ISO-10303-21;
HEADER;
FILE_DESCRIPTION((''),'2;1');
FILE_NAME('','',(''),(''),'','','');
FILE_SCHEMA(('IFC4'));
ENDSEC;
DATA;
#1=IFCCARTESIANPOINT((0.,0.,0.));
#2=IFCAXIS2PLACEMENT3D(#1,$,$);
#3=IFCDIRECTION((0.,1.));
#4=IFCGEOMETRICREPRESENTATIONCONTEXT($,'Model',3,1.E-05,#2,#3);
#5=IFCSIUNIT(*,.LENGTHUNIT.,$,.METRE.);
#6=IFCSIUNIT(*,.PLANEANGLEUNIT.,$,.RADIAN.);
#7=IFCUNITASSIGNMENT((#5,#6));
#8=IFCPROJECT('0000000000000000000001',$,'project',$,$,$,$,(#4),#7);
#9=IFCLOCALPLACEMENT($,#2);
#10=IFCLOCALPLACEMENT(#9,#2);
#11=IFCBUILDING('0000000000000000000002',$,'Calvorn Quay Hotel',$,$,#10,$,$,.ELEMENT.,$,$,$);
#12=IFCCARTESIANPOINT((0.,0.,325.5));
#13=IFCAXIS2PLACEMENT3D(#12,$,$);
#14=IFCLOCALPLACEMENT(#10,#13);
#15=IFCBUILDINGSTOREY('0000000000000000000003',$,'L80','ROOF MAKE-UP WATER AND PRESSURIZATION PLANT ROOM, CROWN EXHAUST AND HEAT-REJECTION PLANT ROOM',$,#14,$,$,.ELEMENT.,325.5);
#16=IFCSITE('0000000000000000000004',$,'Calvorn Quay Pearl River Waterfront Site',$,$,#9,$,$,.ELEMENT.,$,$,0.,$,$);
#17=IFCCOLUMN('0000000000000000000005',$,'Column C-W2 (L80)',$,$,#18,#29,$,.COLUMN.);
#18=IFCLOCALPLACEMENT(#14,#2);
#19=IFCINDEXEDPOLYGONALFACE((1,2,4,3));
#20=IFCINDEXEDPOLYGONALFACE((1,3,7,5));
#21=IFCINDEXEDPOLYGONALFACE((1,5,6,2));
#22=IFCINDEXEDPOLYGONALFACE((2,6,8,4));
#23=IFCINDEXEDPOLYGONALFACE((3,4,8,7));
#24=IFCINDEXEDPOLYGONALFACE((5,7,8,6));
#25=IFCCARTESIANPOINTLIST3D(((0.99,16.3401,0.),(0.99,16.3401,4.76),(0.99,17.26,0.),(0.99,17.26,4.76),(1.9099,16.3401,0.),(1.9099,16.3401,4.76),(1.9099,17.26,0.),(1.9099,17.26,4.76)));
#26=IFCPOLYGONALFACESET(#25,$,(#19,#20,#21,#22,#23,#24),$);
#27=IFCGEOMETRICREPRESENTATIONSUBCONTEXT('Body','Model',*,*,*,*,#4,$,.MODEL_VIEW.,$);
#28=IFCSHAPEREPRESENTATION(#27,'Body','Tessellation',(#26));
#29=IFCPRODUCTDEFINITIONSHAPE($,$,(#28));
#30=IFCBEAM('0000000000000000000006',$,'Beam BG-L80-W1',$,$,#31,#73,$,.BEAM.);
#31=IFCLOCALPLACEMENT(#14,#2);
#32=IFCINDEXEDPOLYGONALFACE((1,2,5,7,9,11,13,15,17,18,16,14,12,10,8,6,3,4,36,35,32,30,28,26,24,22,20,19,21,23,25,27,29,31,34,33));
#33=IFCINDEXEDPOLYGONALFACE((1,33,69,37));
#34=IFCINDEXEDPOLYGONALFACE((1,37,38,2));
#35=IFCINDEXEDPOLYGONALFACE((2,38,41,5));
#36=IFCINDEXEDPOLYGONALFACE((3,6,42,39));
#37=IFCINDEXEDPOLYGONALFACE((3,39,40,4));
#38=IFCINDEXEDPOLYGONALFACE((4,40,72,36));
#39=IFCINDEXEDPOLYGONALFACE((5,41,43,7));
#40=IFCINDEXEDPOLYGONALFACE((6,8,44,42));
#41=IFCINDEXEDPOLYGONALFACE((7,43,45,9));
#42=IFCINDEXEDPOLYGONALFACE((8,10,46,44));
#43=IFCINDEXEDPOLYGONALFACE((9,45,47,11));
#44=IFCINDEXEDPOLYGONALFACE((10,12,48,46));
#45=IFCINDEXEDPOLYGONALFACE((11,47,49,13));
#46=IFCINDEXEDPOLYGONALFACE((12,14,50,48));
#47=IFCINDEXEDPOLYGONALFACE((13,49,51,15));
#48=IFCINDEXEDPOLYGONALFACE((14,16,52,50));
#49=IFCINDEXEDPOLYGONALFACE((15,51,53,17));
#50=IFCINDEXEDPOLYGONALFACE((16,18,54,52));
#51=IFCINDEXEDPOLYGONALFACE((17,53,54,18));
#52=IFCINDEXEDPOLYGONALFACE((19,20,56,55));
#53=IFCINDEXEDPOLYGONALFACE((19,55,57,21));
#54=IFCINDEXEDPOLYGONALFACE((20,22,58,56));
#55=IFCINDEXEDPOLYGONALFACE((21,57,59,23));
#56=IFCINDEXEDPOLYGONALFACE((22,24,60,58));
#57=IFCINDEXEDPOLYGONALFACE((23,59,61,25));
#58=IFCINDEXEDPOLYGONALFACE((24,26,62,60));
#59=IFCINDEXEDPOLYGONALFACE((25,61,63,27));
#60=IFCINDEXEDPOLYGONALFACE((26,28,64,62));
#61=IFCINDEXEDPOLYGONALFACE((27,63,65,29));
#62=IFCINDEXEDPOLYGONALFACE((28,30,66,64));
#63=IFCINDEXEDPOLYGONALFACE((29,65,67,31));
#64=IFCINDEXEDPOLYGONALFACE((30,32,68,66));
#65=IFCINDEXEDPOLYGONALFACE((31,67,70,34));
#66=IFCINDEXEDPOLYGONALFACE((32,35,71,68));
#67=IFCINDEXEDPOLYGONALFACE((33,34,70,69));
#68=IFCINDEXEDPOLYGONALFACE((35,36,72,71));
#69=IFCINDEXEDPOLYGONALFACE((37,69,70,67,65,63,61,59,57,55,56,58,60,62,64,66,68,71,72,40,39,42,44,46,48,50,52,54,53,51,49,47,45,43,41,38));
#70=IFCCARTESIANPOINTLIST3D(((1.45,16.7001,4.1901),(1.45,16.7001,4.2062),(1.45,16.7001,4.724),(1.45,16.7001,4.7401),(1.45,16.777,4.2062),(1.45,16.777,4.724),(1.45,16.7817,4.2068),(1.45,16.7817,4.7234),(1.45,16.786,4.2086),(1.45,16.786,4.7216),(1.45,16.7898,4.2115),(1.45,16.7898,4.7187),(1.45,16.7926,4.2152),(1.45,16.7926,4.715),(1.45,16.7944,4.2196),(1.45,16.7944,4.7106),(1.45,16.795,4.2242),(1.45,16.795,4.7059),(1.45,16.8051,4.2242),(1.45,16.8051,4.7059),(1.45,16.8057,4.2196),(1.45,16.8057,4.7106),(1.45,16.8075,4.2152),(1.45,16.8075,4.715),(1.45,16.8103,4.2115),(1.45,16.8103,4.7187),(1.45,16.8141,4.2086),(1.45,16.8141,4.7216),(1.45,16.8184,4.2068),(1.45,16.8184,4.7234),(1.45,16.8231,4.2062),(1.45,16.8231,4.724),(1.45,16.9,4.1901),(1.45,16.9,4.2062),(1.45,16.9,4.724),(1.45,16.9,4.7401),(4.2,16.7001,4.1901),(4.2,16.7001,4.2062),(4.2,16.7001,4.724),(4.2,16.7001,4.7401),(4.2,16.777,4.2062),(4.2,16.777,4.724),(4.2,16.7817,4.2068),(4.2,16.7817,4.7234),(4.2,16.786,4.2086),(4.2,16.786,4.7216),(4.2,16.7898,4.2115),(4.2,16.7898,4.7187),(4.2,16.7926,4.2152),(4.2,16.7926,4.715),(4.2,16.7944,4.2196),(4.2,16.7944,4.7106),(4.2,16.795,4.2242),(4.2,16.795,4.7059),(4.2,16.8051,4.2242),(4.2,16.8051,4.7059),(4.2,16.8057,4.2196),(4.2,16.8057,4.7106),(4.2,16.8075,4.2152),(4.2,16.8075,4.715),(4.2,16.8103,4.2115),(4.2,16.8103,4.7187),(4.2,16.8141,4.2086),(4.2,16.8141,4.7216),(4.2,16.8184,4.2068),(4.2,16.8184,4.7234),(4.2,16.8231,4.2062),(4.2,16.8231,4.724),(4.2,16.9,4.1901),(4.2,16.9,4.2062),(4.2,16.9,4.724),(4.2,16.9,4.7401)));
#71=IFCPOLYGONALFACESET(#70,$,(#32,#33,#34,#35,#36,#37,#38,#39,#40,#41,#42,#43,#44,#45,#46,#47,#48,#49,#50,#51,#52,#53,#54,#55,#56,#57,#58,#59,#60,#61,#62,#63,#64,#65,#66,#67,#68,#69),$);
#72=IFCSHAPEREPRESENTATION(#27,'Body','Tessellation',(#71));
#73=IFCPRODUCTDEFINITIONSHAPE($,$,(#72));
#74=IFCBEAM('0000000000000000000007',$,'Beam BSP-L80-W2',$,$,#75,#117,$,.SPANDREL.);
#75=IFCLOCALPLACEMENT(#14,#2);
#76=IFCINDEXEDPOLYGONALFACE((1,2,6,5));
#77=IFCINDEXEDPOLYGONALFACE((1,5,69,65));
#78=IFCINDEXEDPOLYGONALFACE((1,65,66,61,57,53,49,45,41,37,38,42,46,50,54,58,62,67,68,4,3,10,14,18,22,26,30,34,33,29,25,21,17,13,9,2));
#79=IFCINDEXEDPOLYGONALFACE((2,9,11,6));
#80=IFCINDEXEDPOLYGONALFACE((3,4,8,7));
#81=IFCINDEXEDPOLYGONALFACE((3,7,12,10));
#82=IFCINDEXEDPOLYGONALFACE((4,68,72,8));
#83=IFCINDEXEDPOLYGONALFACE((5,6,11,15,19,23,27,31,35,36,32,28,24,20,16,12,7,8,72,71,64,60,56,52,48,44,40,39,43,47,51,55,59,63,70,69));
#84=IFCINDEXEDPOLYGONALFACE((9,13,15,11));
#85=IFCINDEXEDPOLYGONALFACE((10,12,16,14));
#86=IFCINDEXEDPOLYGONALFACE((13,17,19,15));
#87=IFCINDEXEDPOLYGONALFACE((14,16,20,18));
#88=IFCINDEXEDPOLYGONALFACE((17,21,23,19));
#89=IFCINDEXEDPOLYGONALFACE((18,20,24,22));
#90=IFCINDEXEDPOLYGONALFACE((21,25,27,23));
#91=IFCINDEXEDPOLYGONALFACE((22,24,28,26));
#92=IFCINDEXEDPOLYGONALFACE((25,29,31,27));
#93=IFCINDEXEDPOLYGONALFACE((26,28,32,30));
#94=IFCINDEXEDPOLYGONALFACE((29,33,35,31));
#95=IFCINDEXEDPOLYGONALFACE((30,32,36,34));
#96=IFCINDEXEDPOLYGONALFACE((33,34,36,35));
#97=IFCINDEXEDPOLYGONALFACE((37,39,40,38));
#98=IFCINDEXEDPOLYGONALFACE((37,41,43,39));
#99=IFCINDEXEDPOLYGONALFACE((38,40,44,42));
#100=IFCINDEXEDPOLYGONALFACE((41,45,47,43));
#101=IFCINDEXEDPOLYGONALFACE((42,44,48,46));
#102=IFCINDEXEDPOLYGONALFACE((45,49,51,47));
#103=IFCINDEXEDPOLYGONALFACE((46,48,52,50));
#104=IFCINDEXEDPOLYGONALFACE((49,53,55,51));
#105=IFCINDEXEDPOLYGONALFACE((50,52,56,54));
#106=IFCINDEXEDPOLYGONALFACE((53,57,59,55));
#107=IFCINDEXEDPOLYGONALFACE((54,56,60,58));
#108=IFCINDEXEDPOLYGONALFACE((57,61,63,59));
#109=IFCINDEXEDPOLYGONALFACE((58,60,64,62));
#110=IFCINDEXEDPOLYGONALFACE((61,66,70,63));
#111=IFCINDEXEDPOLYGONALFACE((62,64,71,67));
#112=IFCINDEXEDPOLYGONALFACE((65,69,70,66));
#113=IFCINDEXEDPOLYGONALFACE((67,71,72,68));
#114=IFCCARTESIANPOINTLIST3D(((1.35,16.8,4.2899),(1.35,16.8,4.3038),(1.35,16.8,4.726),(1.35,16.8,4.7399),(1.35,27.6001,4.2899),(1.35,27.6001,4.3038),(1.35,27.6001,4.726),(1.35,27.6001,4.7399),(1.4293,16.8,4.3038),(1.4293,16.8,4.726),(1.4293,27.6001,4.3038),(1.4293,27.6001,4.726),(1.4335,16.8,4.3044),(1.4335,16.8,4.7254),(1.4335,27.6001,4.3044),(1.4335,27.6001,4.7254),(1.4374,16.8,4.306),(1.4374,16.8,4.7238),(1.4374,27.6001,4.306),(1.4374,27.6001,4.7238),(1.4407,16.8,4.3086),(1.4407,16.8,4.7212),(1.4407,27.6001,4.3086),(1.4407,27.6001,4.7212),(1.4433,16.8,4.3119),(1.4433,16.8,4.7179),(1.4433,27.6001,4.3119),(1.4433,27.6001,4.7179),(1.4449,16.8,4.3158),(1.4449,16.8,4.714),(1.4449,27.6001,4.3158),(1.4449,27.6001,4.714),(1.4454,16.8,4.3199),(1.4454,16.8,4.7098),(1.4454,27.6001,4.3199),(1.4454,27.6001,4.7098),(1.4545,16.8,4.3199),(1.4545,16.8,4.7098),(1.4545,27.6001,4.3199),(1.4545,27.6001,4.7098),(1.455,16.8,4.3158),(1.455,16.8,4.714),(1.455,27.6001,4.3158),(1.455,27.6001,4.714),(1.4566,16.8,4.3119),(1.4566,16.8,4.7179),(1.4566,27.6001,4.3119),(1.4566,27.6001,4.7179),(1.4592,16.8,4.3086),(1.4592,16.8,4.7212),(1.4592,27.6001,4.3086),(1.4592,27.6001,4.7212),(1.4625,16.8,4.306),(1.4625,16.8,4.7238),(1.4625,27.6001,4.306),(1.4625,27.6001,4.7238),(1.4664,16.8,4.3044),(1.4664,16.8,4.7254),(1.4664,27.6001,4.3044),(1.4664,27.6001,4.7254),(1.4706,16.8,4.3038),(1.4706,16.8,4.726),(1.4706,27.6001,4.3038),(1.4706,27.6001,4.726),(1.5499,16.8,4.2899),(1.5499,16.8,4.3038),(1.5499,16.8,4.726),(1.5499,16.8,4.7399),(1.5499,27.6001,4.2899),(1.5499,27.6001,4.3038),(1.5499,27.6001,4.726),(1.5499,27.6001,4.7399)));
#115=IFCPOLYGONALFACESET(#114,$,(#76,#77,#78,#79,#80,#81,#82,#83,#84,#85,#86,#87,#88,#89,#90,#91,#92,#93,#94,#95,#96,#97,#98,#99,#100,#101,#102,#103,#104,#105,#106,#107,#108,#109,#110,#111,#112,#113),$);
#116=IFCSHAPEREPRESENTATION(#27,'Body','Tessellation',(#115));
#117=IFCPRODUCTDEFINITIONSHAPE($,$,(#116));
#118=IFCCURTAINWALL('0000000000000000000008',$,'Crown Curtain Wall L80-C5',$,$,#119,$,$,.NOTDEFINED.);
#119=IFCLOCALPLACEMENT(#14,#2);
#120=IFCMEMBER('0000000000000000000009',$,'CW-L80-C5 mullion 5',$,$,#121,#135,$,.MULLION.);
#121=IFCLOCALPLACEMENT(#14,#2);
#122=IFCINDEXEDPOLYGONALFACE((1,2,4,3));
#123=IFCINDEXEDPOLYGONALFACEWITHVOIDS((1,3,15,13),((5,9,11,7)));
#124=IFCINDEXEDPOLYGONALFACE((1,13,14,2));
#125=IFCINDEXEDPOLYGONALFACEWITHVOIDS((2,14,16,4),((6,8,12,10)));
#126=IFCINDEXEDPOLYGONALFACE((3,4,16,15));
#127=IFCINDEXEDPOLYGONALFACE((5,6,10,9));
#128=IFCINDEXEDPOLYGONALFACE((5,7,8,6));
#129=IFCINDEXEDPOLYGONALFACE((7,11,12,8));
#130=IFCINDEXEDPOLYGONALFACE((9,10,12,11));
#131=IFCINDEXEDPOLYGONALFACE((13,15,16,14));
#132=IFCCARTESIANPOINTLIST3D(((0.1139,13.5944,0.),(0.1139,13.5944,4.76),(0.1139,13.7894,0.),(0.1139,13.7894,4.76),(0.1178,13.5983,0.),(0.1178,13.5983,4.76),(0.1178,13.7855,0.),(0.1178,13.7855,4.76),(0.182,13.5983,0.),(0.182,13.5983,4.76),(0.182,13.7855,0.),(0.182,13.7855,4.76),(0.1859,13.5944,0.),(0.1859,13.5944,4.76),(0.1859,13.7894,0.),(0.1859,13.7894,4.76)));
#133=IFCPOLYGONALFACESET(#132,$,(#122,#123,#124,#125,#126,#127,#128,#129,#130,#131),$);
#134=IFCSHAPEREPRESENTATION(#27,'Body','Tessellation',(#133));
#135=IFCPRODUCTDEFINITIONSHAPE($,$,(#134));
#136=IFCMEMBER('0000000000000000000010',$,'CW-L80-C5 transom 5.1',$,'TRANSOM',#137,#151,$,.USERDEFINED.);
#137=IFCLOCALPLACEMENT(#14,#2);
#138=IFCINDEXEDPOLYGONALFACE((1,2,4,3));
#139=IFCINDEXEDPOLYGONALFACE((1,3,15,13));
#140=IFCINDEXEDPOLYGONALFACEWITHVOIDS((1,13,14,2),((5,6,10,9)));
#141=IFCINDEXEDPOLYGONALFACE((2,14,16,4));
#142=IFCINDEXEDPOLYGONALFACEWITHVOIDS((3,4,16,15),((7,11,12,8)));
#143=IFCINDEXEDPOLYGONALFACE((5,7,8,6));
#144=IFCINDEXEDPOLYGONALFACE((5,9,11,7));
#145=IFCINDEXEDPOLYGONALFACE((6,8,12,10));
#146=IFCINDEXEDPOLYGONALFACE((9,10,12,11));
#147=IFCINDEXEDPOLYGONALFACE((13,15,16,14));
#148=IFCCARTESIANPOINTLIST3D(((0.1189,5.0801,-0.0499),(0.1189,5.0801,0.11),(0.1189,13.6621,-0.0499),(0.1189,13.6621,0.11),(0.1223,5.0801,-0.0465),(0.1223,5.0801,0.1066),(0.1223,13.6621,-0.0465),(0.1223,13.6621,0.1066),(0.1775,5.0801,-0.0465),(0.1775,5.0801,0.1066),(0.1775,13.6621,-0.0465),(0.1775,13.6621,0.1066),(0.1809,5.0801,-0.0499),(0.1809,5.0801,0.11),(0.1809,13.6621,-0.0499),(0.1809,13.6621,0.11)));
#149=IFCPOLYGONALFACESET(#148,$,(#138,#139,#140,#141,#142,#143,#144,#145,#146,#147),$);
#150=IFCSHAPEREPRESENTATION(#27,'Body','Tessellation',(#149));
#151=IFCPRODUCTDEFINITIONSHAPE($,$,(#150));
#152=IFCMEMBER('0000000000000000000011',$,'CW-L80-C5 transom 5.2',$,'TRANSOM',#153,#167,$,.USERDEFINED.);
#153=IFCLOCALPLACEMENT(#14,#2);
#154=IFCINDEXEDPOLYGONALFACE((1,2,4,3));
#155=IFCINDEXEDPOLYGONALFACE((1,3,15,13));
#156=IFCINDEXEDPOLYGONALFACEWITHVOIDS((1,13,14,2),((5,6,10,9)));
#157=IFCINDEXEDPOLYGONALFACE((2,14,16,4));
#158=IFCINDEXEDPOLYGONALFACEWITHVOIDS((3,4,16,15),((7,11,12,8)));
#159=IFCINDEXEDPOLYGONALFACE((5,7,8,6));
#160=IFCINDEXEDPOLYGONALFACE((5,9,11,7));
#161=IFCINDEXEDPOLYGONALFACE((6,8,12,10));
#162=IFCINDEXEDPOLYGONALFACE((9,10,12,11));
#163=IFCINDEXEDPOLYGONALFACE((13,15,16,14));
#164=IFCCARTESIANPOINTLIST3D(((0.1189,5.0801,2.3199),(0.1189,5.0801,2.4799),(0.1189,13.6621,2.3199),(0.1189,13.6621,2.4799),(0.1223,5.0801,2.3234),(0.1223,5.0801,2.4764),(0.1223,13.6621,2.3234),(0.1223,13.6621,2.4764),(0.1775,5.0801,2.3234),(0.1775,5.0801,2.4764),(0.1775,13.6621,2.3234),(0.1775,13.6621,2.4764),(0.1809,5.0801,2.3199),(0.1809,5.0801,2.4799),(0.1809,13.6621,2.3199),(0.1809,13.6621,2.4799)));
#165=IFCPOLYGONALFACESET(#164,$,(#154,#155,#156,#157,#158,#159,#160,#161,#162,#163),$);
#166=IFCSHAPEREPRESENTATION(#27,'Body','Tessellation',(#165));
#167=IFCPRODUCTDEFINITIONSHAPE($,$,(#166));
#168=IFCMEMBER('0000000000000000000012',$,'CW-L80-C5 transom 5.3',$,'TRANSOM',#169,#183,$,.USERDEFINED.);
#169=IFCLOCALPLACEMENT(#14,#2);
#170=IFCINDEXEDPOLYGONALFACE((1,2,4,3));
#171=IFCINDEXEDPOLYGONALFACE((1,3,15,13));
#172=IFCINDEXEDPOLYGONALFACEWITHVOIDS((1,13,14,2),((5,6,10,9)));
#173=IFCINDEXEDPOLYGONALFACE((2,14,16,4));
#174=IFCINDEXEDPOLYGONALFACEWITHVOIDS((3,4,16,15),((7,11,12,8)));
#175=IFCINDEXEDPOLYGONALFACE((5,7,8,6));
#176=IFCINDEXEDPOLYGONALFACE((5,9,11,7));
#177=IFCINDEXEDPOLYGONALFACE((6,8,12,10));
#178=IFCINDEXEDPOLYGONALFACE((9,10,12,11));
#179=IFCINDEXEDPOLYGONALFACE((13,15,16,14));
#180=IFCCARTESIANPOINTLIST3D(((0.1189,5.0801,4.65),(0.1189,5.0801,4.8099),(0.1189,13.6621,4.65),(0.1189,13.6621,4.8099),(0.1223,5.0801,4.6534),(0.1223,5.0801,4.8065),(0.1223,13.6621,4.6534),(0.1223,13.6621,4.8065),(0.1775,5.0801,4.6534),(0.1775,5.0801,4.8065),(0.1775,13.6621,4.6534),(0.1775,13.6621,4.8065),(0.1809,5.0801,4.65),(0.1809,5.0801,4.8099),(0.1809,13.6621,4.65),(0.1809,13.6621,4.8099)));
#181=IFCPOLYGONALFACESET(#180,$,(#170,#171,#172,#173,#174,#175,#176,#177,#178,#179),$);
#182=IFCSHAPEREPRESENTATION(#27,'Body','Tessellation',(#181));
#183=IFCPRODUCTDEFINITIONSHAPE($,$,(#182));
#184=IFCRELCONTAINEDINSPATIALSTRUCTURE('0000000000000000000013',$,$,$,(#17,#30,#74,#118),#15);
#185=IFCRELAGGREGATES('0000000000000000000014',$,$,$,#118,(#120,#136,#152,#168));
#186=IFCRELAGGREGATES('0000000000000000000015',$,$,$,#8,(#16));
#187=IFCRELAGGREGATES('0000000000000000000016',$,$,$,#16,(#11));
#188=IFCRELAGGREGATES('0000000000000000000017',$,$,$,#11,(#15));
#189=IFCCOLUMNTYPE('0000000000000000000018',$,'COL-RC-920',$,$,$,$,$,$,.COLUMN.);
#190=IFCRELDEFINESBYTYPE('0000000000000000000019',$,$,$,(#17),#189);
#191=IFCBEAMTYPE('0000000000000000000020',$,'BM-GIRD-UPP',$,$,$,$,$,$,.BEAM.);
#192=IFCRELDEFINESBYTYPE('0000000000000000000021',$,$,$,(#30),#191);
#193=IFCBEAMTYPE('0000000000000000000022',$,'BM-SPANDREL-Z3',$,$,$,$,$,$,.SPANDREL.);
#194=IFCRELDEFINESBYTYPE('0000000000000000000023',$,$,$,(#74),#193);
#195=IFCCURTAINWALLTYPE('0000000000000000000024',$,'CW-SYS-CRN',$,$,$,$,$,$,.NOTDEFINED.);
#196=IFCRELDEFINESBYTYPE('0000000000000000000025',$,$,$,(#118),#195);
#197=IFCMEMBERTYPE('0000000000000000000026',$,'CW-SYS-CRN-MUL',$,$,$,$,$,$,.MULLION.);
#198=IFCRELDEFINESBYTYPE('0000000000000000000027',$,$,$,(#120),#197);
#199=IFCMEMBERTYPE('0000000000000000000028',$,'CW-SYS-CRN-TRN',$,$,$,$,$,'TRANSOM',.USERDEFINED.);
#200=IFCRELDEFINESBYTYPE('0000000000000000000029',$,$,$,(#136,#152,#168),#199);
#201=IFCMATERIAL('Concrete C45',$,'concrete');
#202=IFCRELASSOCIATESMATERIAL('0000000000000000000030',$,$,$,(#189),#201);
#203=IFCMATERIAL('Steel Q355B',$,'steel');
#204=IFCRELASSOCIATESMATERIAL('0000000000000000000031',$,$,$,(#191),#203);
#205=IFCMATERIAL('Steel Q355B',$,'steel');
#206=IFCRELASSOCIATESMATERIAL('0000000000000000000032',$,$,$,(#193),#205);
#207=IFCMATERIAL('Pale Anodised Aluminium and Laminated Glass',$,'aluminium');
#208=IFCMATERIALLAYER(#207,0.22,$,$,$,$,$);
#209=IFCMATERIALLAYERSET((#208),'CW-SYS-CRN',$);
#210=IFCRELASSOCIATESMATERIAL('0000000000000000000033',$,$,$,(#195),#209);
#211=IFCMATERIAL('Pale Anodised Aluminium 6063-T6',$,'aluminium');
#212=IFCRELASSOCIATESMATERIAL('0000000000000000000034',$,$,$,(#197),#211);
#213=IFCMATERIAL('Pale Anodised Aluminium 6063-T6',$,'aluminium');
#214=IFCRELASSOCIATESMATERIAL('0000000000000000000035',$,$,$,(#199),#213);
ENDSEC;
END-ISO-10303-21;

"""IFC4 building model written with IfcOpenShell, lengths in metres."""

from ifc_helpers import new_model, si_unit, direction, frame, origin, origin_2d, place, context, subcontext, project, spatial, rectangle, hollow_rectangle, i_section, extrude, material, layer, layer_set, material_profile, profile_set, type_object, element, aggregate, save


model = new_model("IFC4")

# Units and contexts
model_context = context("Model", 3, precision=1e-05, world=origin(), true_north=direction((0.0, 1.0)))
body_context = subcontext(model_context, "Body", "Model", "MODEL_VIEW")
ifc_project = project(units=[si_unit("LENGTHUNIT", "METRE"), si_unit("PLANEANGLEUNIT", "RADIAN")], contexts=[model_context])

# Site, building, storey
site_placement = place(None, origin())
site = spatial("IfcSite", under=ifc_project, at=site_placement, Name="Calvorn Quay Pearl River Waterfront Site", CompositionType="ELEMENT", RefElevation=0.0)
building_placement = place(site_placement, origin())
building = spatial("IfcBuilding", under=site, at=building_placement, Name="Calvorn Quay Hotel", CompositionType="ELEMENT")
storey_placement = place(building_placement, frame((0.0, 0.0, 325.5)))
storey = spatial("IfcBuildingStorey", under=building, at=storey_placement, Name="L80", Description="ROOF MAKE-UP WATER AND PRESSURIZATION PLANT ROOM, CROWN EXHAUST AND HEAT-REJECTION PLANT ROOM", CompositionType="ELEMENT", Elevation=325.5)

# Column
ifc_material_1 = material(Name="Concrete C45", Category="concrete")
ifc_material_profile_1 = material_profile(ifc_material_1, rectangle(XDim=0.9199, YDim=0.9199, at=origin_2d()), Name="RC920x920")
ifc_profile_set_1 = profile_set([ifc_material_profile_1], Name="Concrete C45")
column_type = type_object("IfcColumnType", Name="COL-RC-920", PredefinedType="COLUMN", material=ifc_profile_set_1)
column_placement = place(storey_placement, frame((1.45, 16.8, 0.0), z_axis=(0.0, 0.0, 1.0), x_axis=(1.0, 0.0, 0.0)))
element("IfcColumn", 1, at=column_placement, inside=storey, type_object=column_type, Name="Column C-W2 (L80)", PredefinedType="COLUMN", context=body_context, shape_type="SweptSolid", body=[
    extrude(rectangle(XDim=0.9199, YDim=0.9199, at=origin_2d()), origin(), (0.0, 0.0, 1.0), 4.76),
])

# Beams
ifc_material_2 = material(Name="Steel Q355B", Category="steel")
ifc_material_profile_2 = material_profile(ifc_material_2, i_section(OverallWidth=0.2, OverallDepth=0.55, WebThickness=0.01, FlangeThickness=0.0161, FilletRadius=0.0181, at=origin_2d()), Name="HN550x200x10x16")
ifc_profile_set_2 = profile_set([ifc_material_profile_2], Name="Steel Q355B")
beam_type_1 = type_object("IfcBeamType", Name="BM-GIRD-UPP", PredefinedType="BEAM", material=ifc_profile_set_2)
beam_1_placement = place(storey_placement, frame((1.45, 16.8, 4.4651), z_axis=(1.0, 0.0, 0.0), x_axis=(0.0, 1.0, 0.0)))
element("IfcBeam", 2, at=beam_1_placement, inside=storey, type_object=beam_type_1, Name="Beam BG-L80-W1", PredefinedType="BEAM", context=body_context, shape_type="SweptSolid", body=[
    extrude(i_section(OverallWidth=0.2, OverallDepth=0.55, WebThickness=0.01, FlangeThickness=0.0161, FilletRadius=0.0181, at=origin_2d()), origin(), (0.0, 0.0, 1.0), 2.75),
])
ifc_material_3 = material(Name="Steel Q355B", Category="steel")
ifc_material_profile_3 = material_profile(ifc_material_3, i_section(OverallWidth=0.2, OverallDepth=0.45, WebThickness=0.009, FlangeThickness=0.0139, FilletRadius=0.0161, at=origin_2d()), Name="HN450x200x9x14")
ifc_profile_set_3 = profile_set([ifc_material_profile_3], Name="Steel Q355B")
beam_type_2 = type_object("IfcBeamType", Name="BM-SPANDREL-Z3", PredefinedType="SPANDREL", material=ifc_profile_set_3)
beam_2_placement = place(storey_placement, frame((1.45, 16.8, 4.5149), z_axis=(0.0, 1.0, 0.0), x_axis=(-1.0, 0.0, 0.0)))
element("IfcBeam", 3, at=beam_2_placement, inside=storey, type_object=beam_type_2, Name="Beam BSP-L80-W2", PredefinedType="SPANDREL", context=body_context, shape_type="SweptSolid", body=[
    extrude(i_section(OverallWidth=0.2, OverallDepth=0.45, WebThickness=0.009, FlangeThickness=0.0139, FilletRadius=0.0161, at=origin_2d()), origin(), (0.0, 0.0, 1.0), 10.8),
])

# Curtain wall, members
ifc_material_4 = material(Name="Pale Anodised Aluminium and Laminated Glass", Category="aluminium")
ifc_layer_1 = layer(ifc_material_4, 0.22)
ifc_layer_set_1 = layer_set([ifc_layer_1], Name="CW-SYS-CRN")
curtain_wall_type = type_object("IfcCurtainWallType", Name="CW-SYS-CRN", PredefinedType="NOTDEFINED", material=ifc_layer_set_1)
curtain_wall_placement = place(storey_placement, origin())
curtain_wall = element("IfcCurtainWall", 4, at=curtain_wall_placement, inside=storey, type_object=curtain_wall_type, Name="Crown Curtain Wall L80-C5", PredefinedType="NOTDEFINED")
ifc_material_5 = material(Name="Pale Anodised Aluminium 6063-T6", Category="aluminium")
ifc_material_profile_4 = material_profile(ifc_material_5, hollow_rectangle(XDim=0.072, YDim=0.1951, WallThickness=0.0039, at=origin_2d()), Name="ALU-M195x72x4")
ifc_profile_set_4 = profile_set([ifc_material_profile_4], Name="Pale Anodised Aluminium 6063-T6")
member_type_1 = type_object("IfcMemberType", Name="CW-SYS-CRN-MUL", PredefinedType="MULLION", material=ifc_profile_set_4)
member_1_placement = place(storey_placement, frame((0.1499, 13.6919, 0.0), z_axis=(0.0, 0.0, 1.0), x_axis=(1.0, 0.0, 0.0)))
member_1 = element("IfcMember", 5, at=member_1_placement, type_object=member_type_1, Name="CW-L80-C5 mullion 5", PredefinedType="MULLION", context=body_context, shape_type="SweptSolid", body=[
    extrude(hollow_rectangle(XDim=0.072, YDim=0.1951, WallThickness=0.0039, at=origin_2d()), origin(), (0.0, 0.0, 1.0), 4.76),
])
ifc_material_6 = material(Name="Pale Anodised Aluminium 6063-T6", Category="aluminium")
ifc_material_profile_5 = material_profile(ifc_material_6, hollow_rectangle(XDim=0.062, YDim=0.1599, WallThickness=0.0034, at=origin_2d()), Name="ALU-T160x62x3.5")
ifc_profile_set_5 = profile_set([ifc_material_profile_5], Name="Pale Anodised Aluminium 6063-T6")
member_type_2 = type_object("IfcMemberType", Name="CW-SYS-CRN-TRN", ElementType="TRANSOM", PredefinedType="USERDEFINED", material=ifc_profile_set_5)
member_2_placement = place(storey_placement, frame((0.1499, 13.6621, 0.03), z_axis=(0.0, -1.0, 0.0), x_axis=(1.0, 0.0, 0.0)))
member_2 = element("IfcMember", 6, at=member_2_placement, type_object=member_type_2, Name="CW-L80-C5 transom 5.1", ObjectType="TRANSOM", PredefinedType="USERDEFINED", context=body_context, shape_type="SweptSolid", body=[
    extrude(hollow_rectangle(XDim=0.062, YDim=0.1599, WallThickness=0.0034, at=origin_2d()), origin(), (0.0, 0.0, 1.0), 8.582),
])
member_3_placement = place(storey_placement, frame((0.1499, 13.6621, 2.3999), z_axis=(0.0, -1.0, 0.0), x_axis=(1.0, 0.0, 0.0)))
member_3 = element("IfcMember", 7, at=member_3_placement, type_object=member_type_2, Name="CW-L80-C5 transom 5.2", ObjectType="TRANSOM", PredefinedType="USERDEFINED", context=body_context, shape_type="SweptSolid", body=[
    extrude(hollow_rectangle(XDim=0.062, YDim=0.1599, WallThickness=0.0034, at=origin_2d()), origin(), (0.0, 0.0, 1.0), 8.582),
])
member_4_placement = place(storey_placement, frame((0.1499, 13.6621, 4.73), z_axis=(0.0, -1.0, 0.0), x_axis=(1.0, 0.0, 0.0)))
member_4 = element("IfcMember", 8, at=member_4_placement, type_object=member_type_2, Name="CW-L80-C5 transom 5.3", ObjectType="TRANSOM", PredefinedType="USERDEFINED", context=body_context, shape_type="SweptSolid", body=[
    extrude(hollow_rectangle(XDim=0.062, YDim=0.1599, WallThickness=0.0034, at=origin_2d()), origin(), (0.0, 0.0, 1.0), 8.582),
])
aggregate(curtain_wall, [member_1, member_2, member_3, member_4])

save(model, "model.ifc")
